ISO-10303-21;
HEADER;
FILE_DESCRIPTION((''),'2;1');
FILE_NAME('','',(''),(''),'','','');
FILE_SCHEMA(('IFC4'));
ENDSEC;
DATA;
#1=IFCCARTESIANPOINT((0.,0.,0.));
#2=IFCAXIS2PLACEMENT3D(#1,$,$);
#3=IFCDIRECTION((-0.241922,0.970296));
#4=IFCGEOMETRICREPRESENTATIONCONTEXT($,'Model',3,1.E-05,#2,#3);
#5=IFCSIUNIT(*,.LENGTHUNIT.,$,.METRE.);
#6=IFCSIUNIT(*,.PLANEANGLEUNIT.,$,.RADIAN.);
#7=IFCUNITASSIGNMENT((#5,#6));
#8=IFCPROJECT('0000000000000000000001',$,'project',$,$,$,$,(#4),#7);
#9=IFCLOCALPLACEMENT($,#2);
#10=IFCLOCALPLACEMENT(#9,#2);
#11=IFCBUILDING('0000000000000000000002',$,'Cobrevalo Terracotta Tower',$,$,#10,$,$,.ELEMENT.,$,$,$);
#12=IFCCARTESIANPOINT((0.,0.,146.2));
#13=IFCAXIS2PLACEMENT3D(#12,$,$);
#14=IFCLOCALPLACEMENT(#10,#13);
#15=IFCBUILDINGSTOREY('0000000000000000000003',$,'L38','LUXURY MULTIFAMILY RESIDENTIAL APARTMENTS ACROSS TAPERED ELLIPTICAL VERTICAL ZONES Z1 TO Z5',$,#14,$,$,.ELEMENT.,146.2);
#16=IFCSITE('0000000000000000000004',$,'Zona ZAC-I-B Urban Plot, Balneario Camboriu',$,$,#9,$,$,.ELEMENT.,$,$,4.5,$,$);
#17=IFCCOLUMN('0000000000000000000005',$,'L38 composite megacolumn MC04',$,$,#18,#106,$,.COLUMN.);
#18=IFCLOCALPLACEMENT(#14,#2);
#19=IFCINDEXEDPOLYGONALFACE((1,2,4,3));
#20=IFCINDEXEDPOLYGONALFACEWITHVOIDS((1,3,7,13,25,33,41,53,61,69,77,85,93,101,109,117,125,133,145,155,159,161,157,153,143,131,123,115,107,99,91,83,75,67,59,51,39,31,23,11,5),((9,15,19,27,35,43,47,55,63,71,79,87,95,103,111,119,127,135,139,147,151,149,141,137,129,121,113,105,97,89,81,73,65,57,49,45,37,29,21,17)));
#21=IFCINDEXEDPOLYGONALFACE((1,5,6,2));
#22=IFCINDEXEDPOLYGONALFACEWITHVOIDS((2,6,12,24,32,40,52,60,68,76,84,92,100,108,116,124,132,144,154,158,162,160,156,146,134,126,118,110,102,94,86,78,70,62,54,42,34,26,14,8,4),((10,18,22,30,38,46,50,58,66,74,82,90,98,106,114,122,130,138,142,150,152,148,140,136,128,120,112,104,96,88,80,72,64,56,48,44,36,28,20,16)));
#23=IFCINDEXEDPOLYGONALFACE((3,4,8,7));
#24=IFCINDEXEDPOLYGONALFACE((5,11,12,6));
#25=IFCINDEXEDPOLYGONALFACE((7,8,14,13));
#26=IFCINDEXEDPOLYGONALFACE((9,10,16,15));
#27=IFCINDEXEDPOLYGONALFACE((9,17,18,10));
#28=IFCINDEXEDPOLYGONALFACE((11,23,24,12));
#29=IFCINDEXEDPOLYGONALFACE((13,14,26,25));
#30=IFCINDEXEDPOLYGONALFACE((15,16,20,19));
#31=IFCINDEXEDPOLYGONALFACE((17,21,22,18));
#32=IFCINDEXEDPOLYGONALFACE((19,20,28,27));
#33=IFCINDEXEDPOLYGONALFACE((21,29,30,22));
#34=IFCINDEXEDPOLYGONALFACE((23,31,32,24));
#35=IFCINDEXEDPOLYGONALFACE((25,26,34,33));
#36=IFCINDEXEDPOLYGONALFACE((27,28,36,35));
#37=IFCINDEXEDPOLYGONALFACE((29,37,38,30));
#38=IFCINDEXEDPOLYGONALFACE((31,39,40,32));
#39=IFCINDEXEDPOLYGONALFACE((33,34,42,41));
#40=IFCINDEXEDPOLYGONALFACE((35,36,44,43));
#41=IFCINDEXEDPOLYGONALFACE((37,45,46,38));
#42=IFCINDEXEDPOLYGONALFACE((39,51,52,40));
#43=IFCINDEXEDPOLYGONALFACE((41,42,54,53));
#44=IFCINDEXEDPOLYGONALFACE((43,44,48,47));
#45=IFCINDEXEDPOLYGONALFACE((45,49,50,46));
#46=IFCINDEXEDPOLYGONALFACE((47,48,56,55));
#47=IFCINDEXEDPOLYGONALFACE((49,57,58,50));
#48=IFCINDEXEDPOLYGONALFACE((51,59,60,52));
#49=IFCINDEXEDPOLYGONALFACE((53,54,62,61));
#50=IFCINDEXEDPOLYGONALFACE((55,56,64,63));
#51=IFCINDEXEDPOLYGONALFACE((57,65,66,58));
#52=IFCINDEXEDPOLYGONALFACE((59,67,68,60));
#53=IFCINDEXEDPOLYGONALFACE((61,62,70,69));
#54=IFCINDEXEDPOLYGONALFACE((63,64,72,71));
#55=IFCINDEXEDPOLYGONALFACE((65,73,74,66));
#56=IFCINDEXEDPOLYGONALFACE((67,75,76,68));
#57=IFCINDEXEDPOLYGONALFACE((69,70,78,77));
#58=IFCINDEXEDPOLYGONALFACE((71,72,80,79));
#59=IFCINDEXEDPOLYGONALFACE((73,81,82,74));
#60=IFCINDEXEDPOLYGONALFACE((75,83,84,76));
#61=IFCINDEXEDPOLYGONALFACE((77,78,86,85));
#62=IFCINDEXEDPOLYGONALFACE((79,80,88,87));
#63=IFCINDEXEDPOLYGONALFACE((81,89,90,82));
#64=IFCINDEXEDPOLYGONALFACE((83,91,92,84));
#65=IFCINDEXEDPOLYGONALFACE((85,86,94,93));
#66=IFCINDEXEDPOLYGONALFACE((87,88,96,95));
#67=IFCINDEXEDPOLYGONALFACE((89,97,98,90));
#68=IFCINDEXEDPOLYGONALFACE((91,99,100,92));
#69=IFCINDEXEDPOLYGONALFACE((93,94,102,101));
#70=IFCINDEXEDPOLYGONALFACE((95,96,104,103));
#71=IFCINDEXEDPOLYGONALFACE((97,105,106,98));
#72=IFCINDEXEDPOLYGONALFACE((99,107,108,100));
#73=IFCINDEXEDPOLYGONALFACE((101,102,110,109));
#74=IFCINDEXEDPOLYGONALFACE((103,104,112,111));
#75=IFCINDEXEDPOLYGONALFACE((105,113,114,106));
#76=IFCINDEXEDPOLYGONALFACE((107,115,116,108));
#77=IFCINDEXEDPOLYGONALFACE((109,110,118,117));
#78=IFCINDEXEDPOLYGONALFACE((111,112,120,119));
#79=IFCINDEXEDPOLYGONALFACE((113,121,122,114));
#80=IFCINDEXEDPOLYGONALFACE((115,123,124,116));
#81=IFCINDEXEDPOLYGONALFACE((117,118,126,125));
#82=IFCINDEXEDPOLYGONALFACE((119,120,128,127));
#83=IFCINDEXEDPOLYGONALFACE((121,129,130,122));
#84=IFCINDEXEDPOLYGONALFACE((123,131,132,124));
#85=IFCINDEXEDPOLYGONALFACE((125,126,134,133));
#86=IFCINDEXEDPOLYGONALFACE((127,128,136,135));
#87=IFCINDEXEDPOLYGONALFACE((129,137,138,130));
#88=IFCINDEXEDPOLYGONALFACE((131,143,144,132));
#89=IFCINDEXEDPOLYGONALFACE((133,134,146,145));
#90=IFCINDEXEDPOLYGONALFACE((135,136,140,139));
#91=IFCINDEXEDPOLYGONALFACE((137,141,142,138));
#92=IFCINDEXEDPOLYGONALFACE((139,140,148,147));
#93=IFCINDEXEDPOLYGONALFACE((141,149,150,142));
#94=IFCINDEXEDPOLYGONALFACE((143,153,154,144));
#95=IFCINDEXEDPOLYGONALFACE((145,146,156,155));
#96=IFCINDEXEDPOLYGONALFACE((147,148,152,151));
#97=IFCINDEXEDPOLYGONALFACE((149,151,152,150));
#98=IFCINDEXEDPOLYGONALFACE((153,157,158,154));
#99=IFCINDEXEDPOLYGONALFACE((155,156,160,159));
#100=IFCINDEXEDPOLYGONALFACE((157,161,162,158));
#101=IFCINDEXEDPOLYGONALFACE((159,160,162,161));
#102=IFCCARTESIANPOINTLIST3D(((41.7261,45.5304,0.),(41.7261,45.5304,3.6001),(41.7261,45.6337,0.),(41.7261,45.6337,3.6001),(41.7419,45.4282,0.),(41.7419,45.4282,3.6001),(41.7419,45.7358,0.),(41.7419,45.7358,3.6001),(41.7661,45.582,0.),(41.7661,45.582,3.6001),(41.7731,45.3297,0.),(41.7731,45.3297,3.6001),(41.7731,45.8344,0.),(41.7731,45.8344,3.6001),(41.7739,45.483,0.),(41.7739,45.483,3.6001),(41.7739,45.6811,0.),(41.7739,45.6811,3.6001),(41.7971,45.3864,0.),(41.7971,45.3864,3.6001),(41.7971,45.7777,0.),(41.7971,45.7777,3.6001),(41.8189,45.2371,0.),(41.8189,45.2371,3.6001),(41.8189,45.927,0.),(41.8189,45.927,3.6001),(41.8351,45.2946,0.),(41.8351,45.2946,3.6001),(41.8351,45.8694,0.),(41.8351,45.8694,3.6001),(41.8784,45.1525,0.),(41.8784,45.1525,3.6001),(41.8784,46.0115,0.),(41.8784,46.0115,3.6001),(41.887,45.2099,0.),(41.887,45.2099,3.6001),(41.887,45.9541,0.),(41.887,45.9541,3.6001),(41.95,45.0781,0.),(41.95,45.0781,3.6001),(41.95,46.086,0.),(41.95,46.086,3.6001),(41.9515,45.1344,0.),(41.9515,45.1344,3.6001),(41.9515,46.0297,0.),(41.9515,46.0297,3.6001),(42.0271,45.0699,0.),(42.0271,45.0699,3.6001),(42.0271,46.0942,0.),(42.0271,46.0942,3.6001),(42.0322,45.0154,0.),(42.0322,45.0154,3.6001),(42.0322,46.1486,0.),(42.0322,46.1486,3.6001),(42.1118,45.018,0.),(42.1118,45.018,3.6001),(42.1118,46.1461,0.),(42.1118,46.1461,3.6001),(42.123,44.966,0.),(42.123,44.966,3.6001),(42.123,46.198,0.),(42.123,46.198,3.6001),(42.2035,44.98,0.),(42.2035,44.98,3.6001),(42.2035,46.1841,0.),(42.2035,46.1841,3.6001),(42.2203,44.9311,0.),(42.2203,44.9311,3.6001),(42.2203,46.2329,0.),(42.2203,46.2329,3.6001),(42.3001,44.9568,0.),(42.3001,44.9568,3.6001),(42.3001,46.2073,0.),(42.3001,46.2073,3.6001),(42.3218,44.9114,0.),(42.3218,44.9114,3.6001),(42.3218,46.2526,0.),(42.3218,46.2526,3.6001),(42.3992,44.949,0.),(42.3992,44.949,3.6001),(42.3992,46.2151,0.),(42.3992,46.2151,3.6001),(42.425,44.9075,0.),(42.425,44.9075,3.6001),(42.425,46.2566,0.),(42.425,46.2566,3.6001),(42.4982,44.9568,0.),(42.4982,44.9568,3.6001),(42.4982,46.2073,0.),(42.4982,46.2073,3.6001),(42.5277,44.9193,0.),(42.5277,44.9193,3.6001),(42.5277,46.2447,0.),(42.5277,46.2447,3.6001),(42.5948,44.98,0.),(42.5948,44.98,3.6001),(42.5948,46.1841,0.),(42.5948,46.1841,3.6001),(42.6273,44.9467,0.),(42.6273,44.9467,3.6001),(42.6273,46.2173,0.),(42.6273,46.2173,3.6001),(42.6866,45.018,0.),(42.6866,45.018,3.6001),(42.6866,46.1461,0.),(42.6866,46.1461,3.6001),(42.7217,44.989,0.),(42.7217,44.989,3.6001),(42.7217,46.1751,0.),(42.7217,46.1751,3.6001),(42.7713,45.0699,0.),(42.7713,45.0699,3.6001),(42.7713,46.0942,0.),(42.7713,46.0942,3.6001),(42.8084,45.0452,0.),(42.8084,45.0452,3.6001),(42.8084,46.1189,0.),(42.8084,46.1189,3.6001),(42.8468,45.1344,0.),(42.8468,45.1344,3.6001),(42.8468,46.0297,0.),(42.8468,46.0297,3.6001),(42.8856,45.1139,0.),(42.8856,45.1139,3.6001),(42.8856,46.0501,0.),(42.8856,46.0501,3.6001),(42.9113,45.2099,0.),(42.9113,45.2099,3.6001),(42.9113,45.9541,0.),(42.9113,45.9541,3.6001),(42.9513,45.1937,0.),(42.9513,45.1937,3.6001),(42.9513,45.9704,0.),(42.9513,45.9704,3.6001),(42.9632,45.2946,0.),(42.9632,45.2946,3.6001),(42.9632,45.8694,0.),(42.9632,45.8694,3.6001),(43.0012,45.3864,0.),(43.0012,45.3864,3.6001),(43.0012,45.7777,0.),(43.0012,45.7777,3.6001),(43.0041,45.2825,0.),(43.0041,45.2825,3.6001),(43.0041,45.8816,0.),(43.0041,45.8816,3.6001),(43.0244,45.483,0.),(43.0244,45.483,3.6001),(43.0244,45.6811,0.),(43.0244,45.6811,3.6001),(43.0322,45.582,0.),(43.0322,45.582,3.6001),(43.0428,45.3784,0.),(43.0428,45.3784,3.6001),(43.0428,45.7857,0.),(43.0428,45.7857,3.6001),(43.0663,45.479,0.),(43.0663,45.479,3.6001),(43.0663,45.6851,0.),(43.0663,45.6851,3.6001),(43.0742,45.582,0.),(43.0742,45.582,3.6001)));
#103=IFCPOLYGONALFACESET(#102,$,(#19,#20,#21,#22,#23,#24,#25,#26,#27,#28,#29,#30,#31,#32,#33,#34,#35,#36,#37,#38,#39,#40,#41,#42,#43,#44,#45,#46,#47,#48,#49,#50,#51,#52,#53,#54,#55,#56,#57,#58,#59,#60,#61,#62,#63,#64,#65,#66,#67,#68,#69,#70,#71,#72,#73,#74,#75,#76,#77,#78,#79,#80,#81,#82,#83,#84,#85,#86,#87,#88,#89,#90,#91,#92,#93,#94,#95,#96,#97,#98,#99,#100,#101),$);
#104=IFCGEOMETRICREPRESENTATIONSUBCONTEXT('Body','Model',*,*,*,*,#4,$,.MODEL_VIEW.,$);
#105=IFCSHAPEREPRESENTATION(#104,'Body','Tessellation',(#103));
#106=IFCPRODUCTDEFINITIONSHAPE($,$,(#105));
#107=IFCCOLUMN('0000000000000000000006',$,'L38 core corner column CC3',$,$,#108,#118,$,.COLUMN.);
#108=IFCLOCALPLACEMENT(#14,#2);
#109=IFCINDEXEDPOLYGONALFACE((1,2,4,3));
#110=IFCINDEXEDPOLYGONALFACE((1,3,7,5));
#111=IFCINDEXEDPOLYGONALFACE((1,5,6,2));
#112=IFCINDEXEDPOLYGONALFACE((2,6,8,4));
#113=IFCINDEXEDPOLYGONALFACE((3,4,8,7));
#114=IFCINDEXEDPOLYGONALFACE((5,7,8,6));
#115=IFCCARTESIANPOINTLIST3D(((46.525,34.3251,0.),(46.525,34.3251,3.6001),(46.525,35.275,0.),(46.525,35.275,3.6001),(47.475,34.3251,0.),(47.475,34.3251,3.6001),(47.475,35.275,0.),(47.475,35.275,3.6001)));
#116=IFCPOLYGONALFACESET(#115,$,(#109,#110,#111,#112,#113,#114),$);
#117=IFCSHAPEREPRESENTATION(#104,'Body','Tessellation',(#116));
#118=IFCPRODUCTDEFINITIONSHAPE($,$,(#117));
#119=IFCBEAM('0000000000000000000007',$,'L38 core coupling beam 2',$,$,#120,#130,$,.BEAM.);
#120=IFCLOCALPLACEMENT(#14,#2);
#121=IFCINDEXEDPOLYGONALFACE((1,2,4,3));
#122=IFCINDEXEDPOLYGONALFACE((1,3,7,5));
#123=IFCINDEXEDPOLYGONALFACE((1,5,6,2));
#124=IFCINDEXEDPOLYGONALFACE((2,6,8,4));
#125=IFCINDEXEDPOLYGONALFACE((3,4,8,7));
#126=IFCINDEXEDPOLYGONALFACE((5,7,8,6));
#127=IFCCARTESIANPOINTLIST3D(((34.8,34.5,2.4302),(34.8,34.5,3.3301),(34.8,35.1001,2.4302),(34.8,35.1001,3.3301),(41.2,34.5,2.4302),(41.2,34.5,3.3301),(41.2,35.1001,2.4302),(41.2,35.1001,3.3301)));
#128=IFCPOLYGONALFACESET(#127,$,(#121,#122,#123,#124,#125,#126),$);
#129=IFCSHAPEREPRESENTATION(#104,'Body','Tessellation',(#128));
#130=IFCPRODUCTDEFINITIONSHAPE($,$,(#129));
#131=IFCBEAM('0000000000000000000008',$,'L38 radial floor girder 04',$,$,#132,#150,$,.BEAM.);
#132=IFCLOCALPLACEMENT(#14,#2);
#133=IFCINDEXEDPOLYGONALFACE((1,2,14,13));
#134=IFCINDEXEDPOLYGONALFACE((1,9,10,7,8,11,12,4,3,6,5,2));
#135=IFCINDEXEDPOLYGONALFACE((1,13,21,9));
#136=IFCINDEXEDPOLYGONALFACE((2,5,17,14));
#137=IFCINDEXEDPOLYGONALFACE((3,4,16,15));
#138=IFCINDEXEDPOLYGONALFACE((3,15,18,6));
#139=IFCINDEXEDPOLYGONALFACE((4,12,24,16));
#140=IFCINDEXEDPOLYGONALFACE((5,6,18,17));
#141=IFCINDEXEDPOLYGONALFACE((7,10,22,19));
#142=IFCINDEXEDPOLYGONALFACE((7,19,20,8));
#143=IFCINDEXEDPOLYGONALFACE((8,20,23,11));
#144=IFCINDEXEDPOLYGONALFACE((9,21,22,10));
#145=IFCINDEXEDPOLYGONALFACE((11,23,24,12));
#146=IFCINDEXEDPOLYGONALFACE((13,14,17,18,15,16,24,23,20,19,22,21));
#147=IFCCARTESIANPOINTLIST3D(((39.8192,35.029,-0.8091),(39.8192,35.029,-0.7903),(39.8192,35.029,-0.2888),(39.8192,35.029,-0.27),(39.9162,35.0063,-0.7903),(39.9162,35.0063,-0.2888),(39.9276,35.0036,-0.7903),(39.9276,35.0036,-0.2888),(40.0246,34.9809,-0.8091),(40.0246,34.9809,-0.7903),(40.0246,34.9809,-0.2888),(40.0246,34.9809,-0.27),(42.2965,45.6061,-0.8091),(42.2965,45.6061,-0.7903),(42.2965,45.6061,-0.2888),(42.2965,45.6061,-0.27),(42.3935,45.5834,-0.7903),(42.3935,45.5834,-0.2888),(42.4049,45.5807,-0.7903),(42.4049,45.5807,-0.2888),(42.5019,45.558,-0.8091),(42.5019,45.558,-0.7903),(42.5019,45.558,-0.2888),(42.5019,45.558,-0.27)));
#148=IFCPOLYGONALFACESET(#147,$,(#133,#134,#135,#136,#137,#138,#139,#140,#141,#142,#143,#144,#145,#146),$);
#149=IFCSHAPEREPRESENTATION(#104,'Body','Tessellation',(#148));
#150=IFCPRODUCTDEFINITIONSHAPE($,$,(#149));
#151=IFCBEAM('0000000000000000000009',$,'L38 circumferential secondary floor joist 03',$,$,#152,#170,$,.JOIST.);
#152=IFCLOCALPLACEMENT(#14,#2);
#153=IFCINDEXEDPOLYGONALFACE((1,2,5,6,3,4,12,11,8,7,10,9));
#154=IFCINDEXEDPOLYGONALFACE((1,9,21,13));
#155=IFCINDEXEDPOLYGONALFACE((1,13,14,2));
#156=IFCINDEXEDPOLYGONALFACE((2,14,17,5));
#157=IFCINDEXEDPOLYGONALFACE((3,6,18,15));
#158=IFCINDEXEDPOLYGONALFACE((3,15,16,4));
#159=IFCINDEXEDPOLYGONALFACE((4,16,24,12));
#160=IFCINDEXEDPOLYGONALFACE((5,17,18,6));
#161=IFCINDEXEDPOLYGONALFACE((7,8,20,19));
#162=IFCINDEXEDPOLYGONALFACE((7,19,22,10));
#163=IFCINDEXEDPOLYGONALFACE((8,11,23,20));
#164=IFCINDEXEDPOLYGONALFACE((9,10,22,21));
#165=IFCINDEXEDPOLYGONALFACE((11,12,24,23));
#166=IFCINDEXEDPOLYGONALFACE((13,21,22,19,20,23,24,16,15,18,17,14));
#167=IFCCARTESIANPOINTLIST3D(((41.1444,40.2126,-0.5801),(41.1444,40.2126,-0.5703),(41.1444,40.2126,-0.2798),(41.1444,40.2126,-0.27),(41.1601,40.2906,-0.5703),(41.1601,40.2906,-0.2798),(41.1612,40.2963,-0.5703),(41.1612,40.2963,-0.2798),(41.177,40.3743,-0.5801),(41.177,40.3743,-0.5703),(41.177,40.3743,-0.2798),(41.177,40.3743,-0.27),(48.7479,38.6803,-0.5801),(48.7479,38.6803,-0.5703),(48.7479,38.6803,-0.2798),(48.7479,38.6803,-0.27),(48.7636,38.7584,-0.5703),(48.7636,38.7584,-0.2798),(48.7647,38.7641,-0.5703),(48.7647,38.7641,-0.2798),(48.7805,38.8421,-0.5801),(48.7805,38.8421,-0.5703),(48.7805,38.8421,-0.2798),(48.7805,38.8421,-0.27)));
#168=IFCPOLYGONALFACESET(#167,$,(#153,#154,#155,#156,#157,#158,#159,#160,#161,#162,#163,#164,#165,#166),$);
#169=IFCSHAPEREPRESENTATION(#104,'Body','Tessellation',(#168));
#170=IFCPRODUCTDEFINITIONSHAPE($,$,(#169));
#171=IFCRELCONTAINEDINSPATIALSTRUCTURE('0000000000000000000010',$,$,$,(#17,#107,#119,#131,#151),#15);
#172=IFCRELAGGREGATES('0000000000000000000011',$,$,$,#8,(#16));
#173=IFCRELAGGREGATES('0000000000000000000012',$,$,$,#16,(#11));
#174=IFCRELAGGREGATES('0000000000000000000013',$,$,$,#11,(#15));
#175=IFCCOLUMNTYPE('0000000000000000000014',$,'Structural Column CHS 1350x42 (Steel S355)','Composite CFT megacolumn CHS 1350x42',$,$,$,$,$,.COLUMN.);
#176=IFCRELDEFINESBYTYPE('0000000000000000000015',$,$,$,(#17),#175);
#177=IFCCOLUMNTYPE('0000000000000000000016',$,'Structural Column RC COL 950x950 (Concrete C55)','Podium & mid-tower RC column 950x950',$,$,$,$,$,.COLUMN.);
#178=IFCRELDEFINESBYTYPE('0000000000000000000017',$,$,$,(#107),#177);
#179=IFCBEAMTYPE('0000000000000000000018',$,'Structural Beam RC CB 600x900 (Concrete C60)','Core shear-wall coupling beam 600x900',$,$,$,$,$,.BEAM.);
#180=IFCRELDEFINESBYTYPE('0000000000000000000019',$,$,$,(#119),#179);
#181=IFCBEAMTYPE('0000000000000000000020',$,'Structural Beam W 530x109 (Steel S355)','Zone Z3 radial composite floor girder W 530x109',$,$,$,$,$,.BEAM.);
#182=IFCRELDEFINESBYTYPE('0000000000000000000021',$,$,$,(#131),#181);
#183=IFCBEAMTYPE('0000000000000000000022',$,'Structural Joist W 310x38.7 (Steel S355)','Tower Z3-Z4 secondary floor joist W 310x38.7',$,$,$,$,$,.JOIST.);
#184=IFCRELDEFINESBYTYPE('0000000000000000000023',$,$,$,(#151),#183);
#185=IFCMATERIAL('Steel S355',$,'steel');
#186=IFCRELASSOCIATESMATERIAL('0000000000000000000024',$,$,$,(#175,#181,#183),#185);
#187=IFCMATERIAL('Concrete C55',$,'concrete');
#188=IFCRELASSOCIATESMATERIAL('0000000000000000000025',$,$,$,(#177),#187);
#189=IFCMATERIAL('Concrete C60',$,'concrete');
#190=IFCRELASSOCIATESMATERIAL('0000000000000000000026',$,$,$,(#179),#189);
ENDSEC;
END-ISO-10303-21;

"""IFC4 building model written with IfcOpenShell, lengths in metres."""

from ifc_helpers import new_model, si_unit, direction, frame, origin, origin_2d, place, context, subcontext, project, spatial, rectangle, hollow_circle, i_section, extrude, material, material_profile, profile_set, type_object, element, save


model = new_model("IFC4")

# Units and contexts
model_context = context("Model", 3, precision=1e-05, world=origin(), true_north=direction((-0.241922, 0.970296)))
body_context = subcontext(model_context, "Body", "Model", "MODEL_VIEW")
ifc_project = project(units=[si_unit("LENGTHUNIT", "METRE"), si_unit("PLANEANGLEUNIT", "RADIAN")], contexts=[model_context])

# Site, building, storey
site_placement = place(None, origin())
site = spatial("IfcSite", under=ifc_project, at=site_placement, Name="Zona ZAC-I-B Urban Plot, Balneario Camboriu", CompositionType="ELEMENT", RefElevation=4.5)
building_placement = place(site_placement, origin())
building = spatial("IfcBuilding", under=site, at=building_placement, Name="Cobrevalo Terracotta Tower", CompositionType="ELEMENT")
storey_placement = place(building_placement, frame((0.0, 0.0, 146.2)))
storey = spatial("IfcBuildingStorey", under=building, at=storey_placement, Name="L38", Description="LUXURY MULTIFAMILY RESIDENTIAL APARTMENTS ACROSS TAPERED ELLIPTICAL VERTICAL ZONES Z1 TO Z5", CompositionType="ELEMENT", Elevation=146.2)

# Columns
ifc_material_1 = material(Name="Steel S355", Category="steel")
ifc_material_profile_1 = material_profile(ifc_material_1, hollow_circle(Radius=0.675, WallThickness=0.042, at=origin_2d()), Name="CHS 1350x42")
ifc_profile_set_1 = profile_set([ifc_material_profile_1], Name="Steel S355")
column_type_1 = type_object("IfcColumnType", Name="Structural Column CHS 1350x42 (Steel S355)", Description="Composite CFT megacolumn CHS 1350x42", PredefinedType="COLUMN", material=ifc_profile_set_1)
column_1_placement = place(storey_placement, frame((42.3992, 45.582, 0.0), z_axis=(0.0, 0.0, 1.0), x_axis=(1.0, 0.0, 0.0)))
element("IfcColumn", 1, at=column_1_placement, inside=storey, type_object=column_type_1, Name="L38 composite megacolumn MC04", PredefinedType="COLUMN", context=body_context, shape_type="SweptSolid", body=[
    extrude(hollow_circle(Radius=0.675, WallThickness=0.042, at=origin_2d()), origin(), (0.0, 0.0, 1.0), 3.6001),
])
ifc_material_2 = material(Name="Concrete C55", Category="concrete")
ifc_material_profile_2 = material_profile(ifc_material_2, rectangle(XDim=0.95, YDim=0.95, at=origin_2d()), Name="RC COL 950x950")
ifc_profile_set_2 = profile_set([ifc_material_profile_2], Name="Concrete C55")
column_type_2 = type_object("IfcColumnType", Name="Structural Column RC COL 950x950 (Concrete C55)", Description="Podium & mid-tower RC column 950x950", PredefinedType="COLUMN", material=ifc_profile_set_2)
column_2_placement = place(storey_placement, frame((47.0, 34.8, 0.0), z_axis=(0.0, 0.0, 1.0), x_axis=(1.0, 0.0, 0.0)))
element("IfcColumn", 2, at=column_2_placement, inside=storey, type_object=column_type_2, Name="L38 core corner column CC3", PredefinedType="COLUMN", context=body_context, shape_type="SweptSolid", body=[
    extrude(rectangle(XDim=0.95, YDim=0.95, at=origin_2d()), origin(), (0.0, 0.0, 1.0), 3.6001),
])

# Beams
ifc_material_3 = material(Name="Concrete C60", Category="concrete")
ifc_material_profile_3 = material_profile(ifc_material_3, rectangle(XDim=0.6001, YDim=0.8999, at=origin_2d()), Name="RC CB 600x900")
ifc_profile_set_3 = profile_set([ifc_material_profile_3], Name="Concrete C60")
beam_type_1 = type_object("IfcBeamType", Name="Structural Beam RC CB 600x900 (Concrete C60)", Description="Core shear-wall coupling beam 600x900", PredefinedType="BEAM", material=ifc_profile_set_3)
beam_1_placement = place(storey_placement, frame((34.8, 34.8, 2.8801), z_axis=(1.0, 0.0, 0.0), x_axis=(0.0, 1.0, 0.0)))
element("IfcBeam", 3, at=beam_1_placement, inside=storey, type_object=beam_type_1, Name="L38 core coupling beam 2", PredefinedType="BEAM", context=body_context, shape_type="SweptSolid", body=[
    extrude(rectangle(XDim=0.6001, YDim=0.8999, at=origin_2d()), origin(), (0.0, 0.0, 1.0), 6.3999),
])
ifc_material_profile_4 = material_profile(ifc_material_1, i_section(OverallWidth=0.2109, OverallDepth=0.5391, WebThickness=0.0117, FlangeThickness=0.0188, at=origin_2d()), Name="W 530x109")
ifc_profile_set_4 = profile_set([ifc_material_profile_4], Name="Steel S355")
beam_type_2 = type_object("IfcBeamType", Name="Structural Beam W 530x109 (Steel S355)", Description="Zone Z3 radial composite floor girder W 530x109", PredefinedType="BEAM", material=ifc_profile_set_4)
beam_2_placement = place(storey_placement, frame((42.3992, 45.582, -0.5396), z_axis=(-0.228041, -0.973652, 0.0), x_axis=(0.973652, -0.228041, 0.0)))
element("IfcBeam", 4, at=beam_2_placement, inside=storey, type_object=beam_type_2, Name="L38 radial floor girder 04", PredefinedType="BEAM", context=body_context, shape_type="SweptSolid", body=[
    extrude(i_section(OverallWidth=0.2109, OverallDepth=0.5391, WebThickness=0.0117, FlangeThickness=0.0188, at=origin_2d()), origin(), (0.0, 0.0, 1.0), 10.8633),
])
ifc_material_profile_5 = material_profile(ifc_material_1, i_section(OverallWidth=0.165, OverallDepth=0.3101, WebThickness=0.0059, FlangeThickness=0.0098, at=origin_2d()), Name="W 310x38.7")
ifc_profile_set_5 = profile_set([ifc_material_profile_5], Name="Steel S355")
beam_type_3 = type_object("IfcBeamType", Name="Structural Joist W 310x38.7 (Steel S355)", Description="Tower Z3-Z4 secondary floor joist W 310x38.7", PredefinedType="JOIST", material=ifc_profile_set_5)
beam_3_placement = place(storey_placement, frame((48.7642, 38.7612, -0.425), z_axis=(-0.980294, 0.197544, 0.0), x_axis=(-0.197544, -0.980294, 0.0)))
element("IfcBeam", 5, at=beam_3_placement, inside=storey, type_object=beam_type_3, Name="L38 circumferential secondary floor joist 03", PredefinedType="JOIST", context=body_context, shape_type="SweptSolid", body=[
    extrude(i_section(OverallWidth=0.165, OverallDepth=0.3101, WebThickness=0.0059, FlangeThickness=0.0098, at=origin_2d()), origin(), (0.0, 0.0, 1.0), 7.7563),
])

save(model, "model.ifc")
